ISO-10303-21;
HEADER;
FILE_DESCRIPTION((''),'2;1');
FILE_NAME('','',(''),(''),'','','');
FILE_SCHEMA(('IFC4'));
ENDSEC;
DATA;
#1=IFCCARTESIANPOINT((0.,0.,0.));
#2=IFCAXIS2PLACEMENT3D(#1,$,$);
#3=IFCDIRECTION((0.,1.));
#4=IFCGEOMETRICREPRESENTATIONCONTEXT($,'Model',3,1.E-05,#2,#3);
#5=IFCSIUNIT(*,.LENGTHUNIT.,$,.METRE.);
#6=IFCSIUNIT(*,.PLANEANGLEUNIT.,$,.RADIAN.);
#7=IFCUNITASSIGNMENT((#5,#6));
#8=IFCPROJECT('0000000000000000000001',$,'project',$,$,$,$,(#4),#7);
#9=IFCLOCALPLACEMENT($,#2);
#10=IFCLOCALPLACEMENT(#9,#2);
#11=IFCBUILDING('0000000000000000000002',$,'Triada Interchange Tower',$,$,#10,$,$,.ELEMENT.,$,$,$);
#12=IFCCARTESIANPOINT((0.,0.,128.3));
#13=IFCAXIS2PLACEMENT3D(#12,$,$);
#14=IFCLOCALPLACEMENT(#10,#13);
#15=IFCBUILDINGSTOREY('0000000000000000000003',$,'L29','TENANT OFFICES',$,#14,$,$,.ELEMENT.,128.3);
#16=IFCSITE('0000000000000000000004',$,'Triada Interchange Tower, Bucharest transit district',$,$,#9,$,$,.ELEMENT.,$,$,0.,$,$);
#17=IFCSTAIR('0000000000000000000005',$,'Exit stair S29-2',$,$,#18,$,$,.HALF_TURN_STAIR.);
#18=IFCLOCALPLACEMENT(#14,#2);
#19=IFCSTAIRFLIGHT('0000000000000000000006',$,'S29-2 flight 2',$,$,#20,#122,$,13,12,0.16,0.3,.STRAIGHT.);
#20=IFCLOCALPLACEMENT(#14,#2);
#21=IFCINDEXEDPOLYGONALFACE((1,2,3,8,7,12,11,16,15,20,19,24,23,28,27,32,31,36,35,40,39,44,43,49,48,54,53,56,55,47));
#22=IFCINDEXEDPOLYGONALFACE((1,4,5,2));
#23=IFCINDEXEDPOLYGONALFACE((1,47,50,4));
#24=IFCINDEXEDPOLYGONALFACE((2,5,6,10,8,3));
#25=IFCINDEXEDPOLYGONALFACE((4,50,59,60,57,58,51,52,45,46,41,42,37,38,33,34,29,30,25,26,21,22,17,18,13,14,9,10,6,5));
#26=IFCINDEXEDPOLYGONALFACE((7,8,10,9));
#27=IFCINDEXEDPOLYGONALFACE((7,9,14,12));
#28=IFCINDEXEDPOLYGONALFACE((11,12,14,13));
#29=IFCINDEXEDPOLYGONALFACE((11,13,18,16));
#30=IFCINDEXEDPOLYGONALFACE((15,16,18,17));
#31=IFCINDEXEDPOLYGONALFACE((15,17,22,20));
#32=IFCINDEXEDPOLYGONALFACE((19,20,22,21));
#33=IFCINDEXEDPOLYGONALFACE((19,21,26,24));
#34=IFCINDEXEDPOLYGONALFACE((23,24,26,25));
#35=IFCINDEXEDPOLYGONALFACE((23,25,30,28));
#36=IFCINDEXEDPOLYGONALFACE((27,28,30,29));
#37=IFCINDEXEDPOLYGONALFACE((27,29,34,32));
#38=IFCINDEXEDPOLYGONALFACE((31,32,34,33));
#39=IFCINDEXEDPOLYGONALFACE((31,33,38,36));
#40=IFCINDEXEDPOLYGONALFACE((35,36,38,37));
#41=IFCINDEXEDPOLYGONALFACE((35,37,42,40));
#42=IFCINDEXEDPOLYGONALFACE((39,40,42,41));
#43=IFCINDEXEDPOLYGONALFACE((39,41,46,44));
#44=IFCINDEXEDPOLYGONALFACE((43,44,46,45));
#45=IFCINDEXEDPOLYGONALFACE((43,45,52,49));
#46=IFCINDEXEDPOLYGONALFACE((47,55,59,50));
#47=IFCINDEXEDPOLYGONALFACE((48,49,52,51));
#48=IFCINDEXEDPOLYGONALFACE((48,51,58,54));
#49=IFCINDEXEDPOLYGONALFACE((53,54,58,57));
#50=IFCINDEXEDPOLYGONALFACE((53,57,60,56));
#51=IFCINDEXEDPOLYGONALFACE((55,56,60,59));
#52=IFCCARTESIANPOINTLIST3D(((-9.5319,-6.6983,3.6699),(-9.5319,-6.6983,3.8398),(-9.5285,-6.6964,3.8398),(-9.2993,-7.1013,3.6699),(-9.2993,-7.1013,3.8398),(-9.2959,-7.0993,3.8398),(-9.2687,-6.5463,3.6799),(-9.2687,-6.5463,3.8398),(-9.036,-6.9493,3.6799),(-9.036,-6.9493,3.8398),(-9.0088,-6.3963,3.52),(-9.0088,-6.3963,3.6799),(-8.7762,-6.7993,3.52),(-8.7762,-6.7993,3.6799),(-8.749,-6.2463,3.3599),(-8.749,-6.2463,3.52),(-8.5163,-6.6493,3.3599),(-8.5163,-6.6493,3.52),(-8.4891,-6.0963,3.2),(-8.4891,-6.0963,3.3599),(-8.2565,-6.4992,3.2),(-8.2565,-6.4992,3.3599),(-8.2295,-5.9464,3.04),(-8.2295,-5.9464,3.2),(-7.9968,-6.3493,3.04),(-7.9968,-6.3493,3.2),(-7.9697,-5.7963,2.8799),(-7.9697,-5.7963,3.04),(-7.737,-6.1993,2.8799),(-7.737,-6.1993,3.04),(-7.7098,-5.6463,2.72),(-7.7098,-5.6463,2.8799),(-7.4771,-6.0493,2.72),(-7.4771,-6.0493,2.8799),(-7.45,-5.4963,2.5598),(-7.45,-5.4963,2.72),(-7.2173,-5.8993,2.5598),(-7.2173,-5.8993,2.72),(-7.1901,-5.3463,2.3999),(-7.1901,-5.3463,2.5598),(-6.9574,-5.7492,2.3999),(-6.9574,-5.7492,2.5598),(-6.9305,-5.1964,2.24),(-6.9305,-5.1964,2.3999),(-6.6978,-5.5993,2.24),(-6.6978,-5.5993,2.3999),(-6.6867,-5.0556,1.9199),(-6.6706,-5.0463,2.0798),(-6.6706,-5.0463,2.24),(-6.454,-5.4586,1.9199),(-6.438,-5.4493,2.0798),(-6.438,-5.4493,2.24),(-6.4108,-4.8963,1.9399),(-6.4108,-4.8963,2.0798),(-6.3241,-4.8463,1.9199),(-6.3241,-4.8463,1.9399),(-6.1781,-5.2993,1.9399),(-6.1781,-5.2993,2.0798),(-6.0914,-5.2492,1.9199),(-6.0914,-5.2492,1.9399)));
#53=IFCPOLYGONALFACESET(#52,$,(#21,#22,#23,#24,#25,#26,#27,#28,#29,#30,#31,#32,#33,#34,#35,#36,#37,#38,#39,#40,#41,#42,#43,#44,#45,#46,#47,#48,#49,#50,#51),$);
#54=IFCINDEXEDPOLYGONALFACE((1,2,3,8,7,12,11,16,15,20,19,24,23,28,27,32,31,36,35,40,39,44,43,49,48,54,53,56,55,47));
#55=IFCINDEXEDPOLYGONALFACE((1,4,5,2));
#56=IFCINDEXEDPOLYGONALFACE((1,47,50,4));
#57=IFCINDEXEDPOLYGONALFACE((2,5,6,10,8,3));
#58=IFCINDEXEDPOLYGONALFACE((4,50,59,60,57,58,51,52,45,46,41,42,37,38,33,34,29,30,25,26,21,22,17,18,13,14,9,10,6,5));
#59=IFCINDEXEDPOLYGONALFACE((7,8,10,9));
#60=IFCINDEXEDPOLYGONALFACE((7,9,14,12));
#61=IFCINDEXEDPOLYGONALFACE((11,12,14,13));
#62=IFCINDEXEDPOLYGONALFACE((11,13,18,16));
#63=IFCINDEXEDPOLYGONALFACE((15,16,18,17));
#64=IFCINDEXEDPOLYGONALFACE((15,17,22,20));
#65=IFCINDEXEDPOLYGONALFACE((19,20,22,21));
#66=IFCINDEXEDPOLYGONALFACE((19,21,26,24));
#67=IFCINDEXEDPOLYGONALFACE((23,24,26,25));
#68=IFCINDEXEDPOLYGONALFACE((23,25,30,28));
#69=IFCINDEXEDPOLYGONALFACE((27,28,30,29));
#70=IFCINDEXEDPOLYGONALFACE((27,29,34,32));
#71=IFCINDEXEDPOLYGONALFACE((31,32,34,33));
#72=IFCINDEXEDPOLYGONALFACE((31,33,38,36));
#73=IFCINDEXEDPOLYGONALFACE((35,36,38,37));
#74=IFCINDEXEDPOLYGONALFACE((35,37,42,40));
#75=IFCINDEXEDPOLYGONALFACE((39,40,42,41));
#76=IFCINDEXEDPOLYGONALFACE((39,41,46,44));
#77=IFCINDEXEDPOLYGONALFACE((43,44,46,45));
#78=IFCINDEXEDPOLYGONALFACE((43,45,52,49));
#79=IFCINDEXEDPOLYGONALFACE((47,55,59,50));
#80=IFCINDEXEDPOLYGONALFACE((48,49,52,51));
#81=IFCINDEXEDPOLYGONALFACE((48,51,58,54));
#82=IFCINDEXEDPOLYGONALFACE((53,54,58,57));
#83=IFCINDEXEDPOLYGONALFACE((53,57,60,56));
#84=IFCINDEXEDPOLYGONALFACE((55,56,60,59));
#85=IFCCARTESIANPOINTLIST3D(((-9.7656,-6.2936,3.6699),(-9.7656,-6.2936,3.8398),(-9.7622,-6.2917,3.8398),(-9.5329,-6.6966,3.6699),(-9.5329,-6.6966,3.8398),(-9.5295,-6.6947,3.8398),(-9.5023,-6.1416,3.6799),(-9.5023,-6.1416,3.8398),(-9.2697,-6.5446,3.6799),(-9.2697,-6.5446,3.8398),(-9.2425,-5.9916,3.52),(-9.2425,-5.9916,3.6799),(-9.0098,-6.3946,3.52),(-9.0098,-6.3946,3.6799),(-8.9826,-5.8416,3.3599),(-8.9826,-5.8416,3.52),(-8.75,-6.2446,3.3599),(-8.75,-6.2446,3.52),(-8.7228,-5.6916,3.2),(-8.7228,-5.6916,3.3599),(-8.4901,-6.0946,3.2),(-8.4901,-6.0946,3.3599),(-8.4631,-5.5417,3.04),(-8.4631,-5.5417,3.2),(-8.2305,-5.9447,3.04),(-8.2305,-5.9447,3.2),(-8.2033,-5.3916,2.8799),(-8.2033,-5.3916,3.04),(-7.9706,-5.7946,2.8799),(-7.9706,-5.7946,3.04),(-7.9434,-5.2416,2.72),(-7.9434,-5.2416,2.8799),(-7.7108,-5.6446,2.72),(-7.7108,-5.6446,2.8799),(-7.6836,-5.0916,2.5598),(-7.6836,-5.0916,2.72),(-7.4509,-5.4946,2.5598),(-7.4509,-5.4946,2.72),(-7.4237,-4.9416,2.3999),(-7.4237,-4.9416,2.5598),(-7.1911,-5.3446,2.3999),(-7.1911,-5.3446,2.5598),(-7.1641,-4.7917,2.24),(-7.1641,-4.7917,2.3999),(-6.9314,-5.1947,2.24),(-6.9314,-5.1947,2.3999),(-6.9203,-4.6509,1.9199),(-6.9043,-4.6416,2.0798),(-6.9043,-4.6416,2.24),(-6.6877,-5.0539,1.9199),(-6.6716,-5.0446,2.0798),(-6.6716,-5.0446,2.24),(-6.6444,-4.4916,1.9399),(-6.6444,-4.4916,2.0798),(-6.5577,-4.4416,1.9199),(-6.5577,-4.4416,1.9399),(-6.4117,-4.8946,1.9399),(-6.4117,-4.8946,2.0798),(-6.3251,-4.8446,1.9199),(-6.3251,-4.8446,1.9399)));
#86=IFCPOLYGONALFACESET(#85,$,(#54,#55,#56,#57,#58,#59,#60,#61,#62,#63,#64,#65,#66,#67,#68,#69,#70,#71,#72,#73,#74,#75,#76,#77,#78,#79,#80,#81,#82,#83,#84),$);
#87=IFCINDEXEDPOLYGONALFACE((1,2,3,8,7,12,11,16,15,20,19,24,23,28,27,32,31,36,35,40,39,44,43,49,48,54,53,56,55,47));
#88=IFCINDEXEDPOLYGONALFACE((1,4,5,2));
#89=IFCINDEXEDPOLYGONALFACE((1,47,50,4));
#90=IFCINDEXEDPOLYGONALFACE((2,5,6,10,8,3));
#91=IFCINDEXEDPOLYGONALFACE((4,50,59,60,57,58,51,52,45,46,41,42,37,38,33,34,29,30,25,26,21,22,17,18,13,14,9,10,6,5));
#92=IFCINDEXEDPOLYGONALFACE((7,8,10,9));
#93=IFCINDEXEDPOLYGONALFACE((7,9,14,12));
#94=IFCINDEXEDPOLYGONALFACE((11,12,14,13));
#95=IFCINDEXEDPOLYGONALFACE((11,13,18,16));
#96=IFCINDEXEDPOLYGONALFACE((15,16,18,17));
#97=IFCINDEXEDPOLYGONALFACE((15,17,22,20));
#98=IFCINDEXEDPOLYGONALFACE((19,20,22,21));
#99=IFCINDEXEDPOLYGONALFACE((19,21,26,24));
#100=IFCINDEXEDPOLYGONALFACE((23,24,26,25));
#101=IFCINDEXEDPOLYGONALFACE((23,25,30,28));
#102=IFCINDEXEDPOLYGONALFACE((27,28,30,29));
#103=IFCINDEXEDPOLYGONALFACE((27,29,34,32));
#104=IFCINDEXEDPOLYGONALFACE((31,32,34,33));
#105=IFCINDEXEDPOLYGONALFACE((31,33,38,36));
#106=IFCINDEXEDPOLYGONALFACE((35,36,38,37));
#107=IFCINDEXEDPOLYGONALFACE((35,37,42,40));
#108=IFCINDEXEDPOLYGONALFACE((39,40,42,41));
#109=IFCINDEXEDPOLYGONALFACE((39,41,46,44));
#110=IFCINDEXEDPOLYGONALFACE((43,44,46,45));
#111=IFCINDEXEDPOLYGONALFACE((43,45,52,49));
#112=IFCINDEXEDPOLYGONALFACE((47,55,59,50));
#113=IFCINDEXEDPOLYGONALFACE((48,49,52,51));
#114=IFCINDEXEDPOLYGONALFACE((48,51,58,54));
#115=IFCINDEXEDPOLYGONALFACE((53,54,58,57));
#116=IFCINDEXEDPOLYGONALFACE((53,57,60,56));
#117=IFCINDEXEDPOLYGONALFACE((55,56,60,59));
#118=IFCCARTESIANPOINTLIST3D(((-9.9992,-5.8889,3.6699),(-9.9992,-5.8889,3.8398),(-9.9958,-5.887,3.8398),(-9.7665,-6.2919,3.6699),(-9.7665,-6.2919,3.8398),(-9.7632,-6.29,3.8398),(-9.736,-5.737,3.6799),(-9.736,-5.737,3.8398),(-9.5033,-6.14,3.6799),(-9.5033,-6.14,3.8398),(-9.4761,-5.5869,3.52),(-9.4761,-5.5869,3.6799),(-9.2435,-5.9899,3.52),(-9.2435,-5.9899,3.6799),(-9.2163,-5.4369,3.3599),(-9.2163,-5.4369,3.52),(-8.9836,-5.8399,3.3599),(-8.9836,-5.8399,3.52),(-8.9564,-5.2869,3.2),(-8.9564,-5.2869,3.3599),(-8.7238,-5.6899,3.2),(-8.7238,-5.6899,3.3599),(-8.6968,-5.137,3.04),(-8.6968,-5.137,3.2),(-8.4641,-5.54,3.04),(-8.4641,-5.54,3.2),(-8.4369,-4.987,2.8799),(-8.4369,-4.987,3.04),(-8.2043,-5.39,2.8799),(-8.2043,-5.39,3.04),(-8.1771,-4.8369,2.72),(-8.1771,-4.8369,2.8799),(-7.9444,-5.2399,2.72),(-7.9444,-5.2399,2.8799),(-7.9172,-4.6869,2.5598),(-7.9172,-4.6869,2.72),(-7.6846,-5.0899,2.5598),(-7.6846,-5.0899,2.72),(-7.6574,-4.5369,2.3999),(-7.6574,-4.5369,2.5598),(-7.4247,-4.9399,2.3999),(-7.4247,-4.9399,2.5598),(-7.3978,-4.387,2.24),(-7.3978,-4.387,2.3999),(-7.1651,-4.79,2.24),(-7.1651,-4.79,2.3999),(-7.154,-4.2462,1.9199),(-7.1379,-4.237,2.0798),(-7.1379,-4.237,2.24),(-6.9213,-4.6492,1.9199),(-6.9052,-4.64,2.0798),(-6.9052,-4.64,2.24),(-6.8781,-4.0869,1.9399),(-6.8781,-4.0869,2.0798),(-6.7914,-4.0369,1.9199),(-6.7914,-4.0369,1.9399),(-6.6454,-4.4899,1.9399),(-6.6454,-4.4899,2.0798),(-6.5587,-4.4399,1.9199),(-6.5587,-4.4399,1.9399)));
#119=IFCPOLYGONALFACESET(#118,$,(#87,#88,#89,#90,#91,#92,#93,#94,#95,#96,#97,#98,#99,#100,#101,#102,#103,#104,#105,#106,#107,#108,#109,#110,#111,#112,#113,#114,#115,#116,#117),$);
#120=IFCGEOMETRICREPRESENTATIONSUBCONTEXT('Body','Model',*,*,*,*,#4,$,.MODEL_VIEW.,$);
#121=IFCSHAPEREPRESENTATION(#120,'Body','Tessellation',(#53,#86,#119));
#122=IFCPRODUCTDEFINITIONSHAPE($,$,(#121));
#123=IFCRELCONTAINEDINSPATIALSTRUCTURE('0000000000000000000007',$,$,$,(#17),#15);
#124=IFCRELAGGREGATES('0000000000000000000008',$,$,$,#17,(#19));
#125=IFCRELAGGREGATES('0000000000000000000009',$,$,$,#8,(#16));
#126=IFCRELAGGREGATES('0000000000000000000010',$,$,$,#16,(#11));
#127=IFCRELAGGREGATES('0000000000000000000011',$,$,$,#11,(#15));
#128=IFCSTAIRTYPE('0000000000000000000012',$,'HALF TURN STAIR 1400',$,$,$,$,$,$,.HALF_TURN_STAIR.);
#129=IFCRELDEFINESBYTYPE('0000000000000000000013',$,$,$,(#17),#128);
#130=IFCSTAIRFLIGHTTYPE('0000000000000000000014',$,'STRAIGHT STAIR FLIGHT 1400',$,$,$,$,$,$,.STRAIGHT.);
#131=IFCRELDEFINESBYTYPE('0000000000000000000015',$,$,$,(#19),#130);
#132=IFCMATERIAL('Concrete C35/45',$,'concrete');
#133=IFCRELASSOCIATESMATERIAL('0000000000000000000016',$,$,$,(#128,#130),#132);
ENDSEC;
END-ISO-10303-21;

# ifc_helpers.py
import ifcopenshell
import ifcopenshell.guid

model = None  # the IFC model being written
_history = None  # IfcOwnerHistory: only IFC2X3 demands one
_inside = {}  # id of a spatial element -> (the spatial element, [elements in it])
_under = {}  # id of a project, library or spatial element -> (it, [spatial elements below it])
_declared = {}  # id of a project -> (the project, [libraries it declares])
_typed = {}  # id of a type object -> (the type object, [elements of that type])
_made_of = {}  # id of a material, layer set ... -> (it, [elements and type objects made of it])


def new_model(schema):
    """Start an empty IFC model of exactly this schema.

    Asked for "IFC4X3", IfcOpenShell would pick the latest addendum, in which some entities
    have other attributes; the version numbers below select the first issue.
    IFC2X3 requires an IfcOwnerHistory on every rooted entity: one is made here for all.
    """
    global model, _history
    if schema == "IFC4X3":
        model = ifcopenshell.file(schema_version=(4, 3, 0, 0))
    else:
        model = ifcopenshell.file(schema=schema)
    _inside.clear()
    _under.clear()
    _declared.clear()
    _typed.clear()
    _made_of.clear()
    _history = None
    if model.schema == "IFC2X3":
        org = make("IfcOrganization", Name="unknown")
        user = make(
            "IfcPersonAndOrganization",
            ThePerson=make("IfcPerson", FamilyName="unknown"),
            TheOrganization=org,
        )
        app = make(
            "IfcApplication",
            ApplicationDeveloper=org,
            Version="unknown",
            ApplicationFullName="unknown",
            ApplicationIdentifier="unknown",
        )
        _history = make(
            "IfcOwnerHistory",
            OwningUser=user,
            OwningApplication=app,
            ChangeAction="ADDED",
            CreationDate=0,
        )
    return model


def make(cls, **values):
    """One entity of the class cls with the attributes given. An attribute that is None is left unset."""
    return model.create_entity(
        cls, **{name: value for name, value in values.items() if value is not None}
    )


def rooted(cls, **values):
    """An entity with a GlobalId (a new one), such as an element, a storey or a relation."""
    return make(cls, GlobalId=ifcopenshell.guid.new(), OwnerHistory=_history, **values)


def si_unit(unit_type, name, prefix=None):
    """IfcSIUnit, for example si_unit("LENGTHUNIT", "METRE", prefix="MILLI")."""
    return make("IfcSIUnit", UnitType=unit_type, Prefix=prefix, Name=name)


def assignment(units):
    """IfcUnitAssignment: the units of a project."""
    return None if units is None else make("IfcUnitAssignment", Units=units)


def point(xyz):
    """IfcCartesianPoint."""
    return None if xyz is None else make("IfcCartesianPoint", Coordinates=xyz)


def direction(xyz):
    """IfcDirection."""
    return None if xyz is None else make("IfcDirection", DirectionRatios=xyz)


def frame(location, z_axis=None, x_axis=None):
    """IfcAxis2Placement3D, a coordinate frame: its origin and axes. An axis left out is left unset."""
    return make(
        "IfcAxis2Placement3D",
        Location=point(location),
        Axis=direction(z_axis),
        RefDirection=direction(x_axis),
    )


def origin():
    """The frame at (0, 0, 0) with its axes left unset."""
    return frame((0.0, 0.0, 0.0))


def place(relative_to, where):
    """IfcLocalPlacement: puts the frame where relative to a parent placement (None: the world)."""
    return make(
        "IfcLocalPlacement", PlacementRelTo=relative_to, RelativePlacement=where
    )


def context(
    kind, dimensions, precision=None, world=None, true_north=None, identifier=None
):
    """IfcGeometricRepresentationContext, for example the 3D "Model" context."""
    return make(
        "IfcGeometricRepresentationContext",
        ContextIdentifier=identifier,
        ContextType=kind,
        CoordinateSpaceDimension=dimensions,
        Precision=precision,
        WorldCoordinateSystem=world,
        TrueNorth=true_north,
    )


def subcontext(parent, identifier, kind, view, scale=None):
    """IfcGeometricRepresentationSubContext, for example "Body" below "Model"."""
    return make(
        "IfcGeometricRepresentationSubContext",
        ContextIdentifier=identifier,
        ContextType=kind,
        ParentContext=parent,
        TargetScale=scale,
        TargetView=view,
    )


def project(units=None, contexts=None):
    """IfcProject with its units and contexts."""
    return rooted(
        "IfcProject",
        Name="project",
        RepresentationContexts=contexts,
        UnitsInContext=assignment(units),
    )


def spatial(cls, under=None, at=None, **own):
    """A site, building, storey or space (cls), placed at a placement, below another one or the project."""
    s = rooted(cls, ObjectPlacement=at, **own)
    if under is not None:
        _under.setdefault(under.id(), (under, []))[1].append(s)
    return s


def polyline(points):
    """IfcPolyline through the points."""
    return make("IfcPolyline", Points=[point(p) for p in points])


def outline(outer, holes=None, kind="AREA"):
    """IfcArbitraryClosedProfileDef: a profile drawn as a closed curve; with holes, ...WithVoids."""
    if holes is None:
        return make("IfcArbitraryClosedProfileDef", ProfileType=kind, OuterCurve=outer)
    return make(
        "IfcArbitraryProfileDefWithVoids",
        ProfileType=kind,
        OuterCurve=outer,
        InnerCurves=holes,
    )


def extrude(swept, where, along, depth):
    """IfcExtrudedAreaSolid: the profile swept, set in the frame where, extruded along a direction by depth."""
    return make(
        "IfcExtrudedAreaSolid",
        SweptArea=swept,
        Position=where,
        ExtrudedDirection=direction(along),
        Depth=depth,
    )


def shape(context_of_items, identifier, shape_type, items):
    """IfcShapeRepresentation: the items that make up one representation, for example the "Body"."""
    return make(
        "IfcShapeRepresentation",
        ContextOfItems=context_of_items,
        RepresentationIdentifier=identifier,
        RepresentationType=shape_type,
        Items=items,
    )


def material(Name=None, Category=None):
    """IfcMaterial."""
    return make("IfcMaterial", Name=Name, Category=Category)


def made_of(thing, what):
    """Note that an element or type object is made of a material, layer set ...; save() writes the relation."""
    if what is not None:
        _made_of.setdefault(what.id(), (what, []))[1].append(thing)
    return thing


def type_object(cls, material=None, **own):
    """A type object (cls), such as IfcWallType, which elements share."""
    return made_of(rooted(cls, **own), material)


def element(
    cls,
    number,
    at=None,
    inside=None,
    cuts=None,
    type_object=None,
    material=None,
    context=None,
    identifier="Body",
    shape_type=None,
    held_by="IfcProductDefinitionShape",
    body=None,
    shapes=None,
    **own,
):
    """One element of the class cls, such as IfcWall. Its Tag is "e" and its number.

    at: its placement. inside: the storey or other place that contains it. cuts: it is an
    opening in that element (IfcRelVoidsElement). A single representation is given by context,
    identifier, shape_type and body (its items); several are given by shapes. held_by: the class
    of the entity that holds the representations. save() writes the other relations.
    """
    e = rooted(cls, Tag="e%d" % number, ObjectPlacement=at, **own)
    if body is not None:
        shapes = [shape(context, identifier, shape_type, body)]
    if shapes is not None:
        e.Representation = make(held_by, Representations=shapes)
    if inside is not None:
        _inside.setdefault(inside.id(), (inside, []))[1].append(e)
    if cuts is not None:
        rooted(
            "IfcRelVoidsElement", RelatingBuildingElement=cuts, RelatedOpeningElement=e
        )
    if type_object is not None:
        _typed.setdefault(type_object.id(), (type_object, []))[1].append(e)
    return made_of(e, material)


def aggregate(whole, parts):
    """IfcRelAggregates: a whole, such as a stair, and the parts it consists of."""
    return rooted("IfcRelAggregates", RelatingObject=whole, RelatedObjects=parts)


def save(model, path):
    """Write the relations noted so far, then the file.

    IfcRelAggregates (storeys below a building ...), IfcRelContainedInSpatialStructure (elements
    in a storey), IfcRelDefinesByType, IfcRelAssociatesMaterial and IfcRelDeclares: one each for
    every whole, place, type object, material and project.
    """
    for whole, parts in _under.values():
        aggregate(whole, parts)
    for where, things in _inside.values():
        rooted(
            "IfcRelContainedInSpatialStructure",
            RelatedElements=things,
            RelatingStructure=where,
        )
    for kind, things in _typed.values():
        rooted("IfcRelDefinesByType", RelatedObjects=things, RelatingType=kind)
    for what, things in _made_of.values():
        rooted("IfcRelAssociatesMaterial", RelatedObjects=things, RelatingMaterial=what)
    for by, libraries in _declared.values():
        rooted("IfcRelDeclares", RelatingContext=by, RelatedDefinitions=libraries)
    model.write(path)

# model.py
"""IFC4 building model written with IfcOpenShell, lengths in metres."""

from ifc_helpers import new_model, si_unit, direction, frame, origin, place, context, subcontext, project, spatial, polyline, outline, extrude, material, type_object, element, aggregate, save


model = new_model("IFC4")

# Units and contexts
model_context = context("Model", 3, precision=1e-05, world=origin(), true_north=direction((0.0, 1.0)))
body_context = subcontext(model_context, "Body", "Model", "MODEL_VIEW")
ifc_project = project(units=[si_unit("LENGTHUNIT", "METRE"), si_unit("PLANEANGLEUNIT", "RADIAN")], contexts=[model_context])

# Site, building, storey
site_placement = place(None, origin())
site = spatial("IfcSite", under=ifc_project, at=site_placement, Name="Triada Interchange Tower, Bucharest transit district", CompositionType="ELEMENT", RefElevation=0.0)
building_placement = place(site_placement, origin())
building = spatial("IfcBuilding", under=site, at=building_placement, Name="Triada Interchange Tower", CompositionType="ELEMENT")
storey_placement = place(building_placement, frame((0.0, 0.0, 128.3)))
storey = spatial("IfcBuildingStorey", under=building, at=storey_placement, Name="L29", Description="TENANT OFFICES", CompositionType="ELEMENT", Elevation=128.3)

# Stair, stair flight
ifc_material_1 = material(Name="Concrete C35/45", Category="concrete")
stair_type = type_object("IfcStairType", Name="HALF TURN STAIR 1400", PredefinedType="HALF_TURN_STAIR", material=ifc_material_1)
stair_placement = place(storey_placement, origin())
stair = element("IfcStair", 1, at=stair_placement, inside=storey, type_object=stair_type, Name="Exit stair S29-2", PredefinedType="HALF_TURN_STAIR")
stair_flight_type = type_object("IfcStairFlightType", Name="STRAIGHT STAIR FLIGHT 1400", PredefinedType="STRAIGHT", material=ifc_material_1)
stair_flight_1_placement = place(storey_placement, frame((-6.5281, -4.6931, 1.9199), z_axis=(0.0, 0.0, 1.0), x_axis=(-0.866025, -0.5, 0.0)))
stair_flight_1 = element("IfcStairFlight", 2, at=stair_flight_1_placement, type_object=stair_flight_type, Name="S29-2 flight 2", NumberOfRisers=13, NumberOfTreads=12, PredefinedType="STRAIGHT", RiserHeight=0.16, TreadLength=0.3, context=body_context, shape_type="SweptSolid", body=[
    extrude(outline(polyline([(-0.1001, 0.0), (-0.1001, 0.02), (0.0, 0.02), (0.0, 0.1599), (0.3, 0.1599), (0.3, 0.3201), (0.6001, 0.3201), (0.6001, 0.48), (0.8999, 0.48), (0.8999, 0.6399), (1.2, 0.6399), (1.2, 0.8), (1.5, 0.8), (1.5, 0.96), (1.8, 0.96), (1.8, 1.1201), (2.1001, 1.1201), (2.1001, 1.28), (2.3999, 1.28), (2.3999, 1.4399), (2.7, 1.4399), (2.7, 1.6001), (3.0, 1.6001), (3.0, 1.76), (3.3, 1.76), (3.3, 1.9199), (3.6001, 1.9199), (3.604, 1.9199), (3.604, 2.0801), (3.604, 1.75), (0.3186, 0.0), (-0.1001, 0.0)])), frame((0.0, 0.7, 0.0), z_axis=(0.0, -1.0, 0.0), x_axis=(1.0, 0.0, 0.0)), (0.0, 0.0, 1.0), 0.4653),
    extrude(outline(polyline([(-0.1001, 0.0), (-0.1001, 0.02), (0.0, 0.02), (0.0, 0.1599), (0.3, 0.1599), (0.3, 0.3201), (0.6001, 0.3201), (0.6001, 0.48), (0.8999, 0.48), (0.8999, 0.6399), (1.2, 0.6399), (1.2, 0.8), (1.5, 0.8), (1.5, 0.96), (1.8, 0.96), (1.8, 1.1201), (2.1001, 1.1201), (2.1001, 1.28), (2.3999, 1.28), (2.3999, 1.4399), (2.7, 1.4399), (2.7, 1.6001), (3.0, 1.6001), (3.0, 1.76), (3.3, 1.76), (3.3, 1.9199), (3.6001, 1.9199), (3.604, 1.9199), (3.604, 2.0801), (3.604, 1.75), (0.3186, 0.0), (-0.1001, 0.0)])), frame((0.0, 0.2327, 0.0), z_axis=(0.0, -1.0, 0.0), x_axis=(1.0, 0.0, 0.0)), (0.0, 0.0, 1.0), 0.4653),
    extrude(outline(polyline([(-0.1001, 0.0), (-0.1001, 0.02), (0.0, 0.02), (0.0, 0.1599), (0.3, 0.1599), (0.3, 0.3201), (0.6001, 0.3201), (0.6001, 0.48), (0.8999, 0.48), (0.8999, 0.6399), (1.2, 0.6399), (1.2, 0.8), (1.5, 0.8), (1.5, 0.96), (1.8, 0.96), (1.8, 1.1201), (2.1001, 1.1201), (2.1001, 1.28), (2.3999, 1.28), (2.3999, 1.4399), (2.7, 1.4399), (2.7, 1.6001), (3.0, 1.6001), (3.0, 1.76), (3.3, 1.76), (3.3, 1.9199), (3.6001, 1.9199), (3.604, 1.9199), (3.604, 2.0801), (3.604, 1.75), (0.3186, 0.0), (-0.1001, 0.0)])), frame((0.0, -0.2346, 0.0), z_axis=(0.0, -1.0, 0.0), x_axis=(1.0, 0.0, 0.0)), (0.0, 0.0, 1.0), 0.4653),
])
aggregate(stair, [stair_flight_1])

save(model, "model.ifc")
